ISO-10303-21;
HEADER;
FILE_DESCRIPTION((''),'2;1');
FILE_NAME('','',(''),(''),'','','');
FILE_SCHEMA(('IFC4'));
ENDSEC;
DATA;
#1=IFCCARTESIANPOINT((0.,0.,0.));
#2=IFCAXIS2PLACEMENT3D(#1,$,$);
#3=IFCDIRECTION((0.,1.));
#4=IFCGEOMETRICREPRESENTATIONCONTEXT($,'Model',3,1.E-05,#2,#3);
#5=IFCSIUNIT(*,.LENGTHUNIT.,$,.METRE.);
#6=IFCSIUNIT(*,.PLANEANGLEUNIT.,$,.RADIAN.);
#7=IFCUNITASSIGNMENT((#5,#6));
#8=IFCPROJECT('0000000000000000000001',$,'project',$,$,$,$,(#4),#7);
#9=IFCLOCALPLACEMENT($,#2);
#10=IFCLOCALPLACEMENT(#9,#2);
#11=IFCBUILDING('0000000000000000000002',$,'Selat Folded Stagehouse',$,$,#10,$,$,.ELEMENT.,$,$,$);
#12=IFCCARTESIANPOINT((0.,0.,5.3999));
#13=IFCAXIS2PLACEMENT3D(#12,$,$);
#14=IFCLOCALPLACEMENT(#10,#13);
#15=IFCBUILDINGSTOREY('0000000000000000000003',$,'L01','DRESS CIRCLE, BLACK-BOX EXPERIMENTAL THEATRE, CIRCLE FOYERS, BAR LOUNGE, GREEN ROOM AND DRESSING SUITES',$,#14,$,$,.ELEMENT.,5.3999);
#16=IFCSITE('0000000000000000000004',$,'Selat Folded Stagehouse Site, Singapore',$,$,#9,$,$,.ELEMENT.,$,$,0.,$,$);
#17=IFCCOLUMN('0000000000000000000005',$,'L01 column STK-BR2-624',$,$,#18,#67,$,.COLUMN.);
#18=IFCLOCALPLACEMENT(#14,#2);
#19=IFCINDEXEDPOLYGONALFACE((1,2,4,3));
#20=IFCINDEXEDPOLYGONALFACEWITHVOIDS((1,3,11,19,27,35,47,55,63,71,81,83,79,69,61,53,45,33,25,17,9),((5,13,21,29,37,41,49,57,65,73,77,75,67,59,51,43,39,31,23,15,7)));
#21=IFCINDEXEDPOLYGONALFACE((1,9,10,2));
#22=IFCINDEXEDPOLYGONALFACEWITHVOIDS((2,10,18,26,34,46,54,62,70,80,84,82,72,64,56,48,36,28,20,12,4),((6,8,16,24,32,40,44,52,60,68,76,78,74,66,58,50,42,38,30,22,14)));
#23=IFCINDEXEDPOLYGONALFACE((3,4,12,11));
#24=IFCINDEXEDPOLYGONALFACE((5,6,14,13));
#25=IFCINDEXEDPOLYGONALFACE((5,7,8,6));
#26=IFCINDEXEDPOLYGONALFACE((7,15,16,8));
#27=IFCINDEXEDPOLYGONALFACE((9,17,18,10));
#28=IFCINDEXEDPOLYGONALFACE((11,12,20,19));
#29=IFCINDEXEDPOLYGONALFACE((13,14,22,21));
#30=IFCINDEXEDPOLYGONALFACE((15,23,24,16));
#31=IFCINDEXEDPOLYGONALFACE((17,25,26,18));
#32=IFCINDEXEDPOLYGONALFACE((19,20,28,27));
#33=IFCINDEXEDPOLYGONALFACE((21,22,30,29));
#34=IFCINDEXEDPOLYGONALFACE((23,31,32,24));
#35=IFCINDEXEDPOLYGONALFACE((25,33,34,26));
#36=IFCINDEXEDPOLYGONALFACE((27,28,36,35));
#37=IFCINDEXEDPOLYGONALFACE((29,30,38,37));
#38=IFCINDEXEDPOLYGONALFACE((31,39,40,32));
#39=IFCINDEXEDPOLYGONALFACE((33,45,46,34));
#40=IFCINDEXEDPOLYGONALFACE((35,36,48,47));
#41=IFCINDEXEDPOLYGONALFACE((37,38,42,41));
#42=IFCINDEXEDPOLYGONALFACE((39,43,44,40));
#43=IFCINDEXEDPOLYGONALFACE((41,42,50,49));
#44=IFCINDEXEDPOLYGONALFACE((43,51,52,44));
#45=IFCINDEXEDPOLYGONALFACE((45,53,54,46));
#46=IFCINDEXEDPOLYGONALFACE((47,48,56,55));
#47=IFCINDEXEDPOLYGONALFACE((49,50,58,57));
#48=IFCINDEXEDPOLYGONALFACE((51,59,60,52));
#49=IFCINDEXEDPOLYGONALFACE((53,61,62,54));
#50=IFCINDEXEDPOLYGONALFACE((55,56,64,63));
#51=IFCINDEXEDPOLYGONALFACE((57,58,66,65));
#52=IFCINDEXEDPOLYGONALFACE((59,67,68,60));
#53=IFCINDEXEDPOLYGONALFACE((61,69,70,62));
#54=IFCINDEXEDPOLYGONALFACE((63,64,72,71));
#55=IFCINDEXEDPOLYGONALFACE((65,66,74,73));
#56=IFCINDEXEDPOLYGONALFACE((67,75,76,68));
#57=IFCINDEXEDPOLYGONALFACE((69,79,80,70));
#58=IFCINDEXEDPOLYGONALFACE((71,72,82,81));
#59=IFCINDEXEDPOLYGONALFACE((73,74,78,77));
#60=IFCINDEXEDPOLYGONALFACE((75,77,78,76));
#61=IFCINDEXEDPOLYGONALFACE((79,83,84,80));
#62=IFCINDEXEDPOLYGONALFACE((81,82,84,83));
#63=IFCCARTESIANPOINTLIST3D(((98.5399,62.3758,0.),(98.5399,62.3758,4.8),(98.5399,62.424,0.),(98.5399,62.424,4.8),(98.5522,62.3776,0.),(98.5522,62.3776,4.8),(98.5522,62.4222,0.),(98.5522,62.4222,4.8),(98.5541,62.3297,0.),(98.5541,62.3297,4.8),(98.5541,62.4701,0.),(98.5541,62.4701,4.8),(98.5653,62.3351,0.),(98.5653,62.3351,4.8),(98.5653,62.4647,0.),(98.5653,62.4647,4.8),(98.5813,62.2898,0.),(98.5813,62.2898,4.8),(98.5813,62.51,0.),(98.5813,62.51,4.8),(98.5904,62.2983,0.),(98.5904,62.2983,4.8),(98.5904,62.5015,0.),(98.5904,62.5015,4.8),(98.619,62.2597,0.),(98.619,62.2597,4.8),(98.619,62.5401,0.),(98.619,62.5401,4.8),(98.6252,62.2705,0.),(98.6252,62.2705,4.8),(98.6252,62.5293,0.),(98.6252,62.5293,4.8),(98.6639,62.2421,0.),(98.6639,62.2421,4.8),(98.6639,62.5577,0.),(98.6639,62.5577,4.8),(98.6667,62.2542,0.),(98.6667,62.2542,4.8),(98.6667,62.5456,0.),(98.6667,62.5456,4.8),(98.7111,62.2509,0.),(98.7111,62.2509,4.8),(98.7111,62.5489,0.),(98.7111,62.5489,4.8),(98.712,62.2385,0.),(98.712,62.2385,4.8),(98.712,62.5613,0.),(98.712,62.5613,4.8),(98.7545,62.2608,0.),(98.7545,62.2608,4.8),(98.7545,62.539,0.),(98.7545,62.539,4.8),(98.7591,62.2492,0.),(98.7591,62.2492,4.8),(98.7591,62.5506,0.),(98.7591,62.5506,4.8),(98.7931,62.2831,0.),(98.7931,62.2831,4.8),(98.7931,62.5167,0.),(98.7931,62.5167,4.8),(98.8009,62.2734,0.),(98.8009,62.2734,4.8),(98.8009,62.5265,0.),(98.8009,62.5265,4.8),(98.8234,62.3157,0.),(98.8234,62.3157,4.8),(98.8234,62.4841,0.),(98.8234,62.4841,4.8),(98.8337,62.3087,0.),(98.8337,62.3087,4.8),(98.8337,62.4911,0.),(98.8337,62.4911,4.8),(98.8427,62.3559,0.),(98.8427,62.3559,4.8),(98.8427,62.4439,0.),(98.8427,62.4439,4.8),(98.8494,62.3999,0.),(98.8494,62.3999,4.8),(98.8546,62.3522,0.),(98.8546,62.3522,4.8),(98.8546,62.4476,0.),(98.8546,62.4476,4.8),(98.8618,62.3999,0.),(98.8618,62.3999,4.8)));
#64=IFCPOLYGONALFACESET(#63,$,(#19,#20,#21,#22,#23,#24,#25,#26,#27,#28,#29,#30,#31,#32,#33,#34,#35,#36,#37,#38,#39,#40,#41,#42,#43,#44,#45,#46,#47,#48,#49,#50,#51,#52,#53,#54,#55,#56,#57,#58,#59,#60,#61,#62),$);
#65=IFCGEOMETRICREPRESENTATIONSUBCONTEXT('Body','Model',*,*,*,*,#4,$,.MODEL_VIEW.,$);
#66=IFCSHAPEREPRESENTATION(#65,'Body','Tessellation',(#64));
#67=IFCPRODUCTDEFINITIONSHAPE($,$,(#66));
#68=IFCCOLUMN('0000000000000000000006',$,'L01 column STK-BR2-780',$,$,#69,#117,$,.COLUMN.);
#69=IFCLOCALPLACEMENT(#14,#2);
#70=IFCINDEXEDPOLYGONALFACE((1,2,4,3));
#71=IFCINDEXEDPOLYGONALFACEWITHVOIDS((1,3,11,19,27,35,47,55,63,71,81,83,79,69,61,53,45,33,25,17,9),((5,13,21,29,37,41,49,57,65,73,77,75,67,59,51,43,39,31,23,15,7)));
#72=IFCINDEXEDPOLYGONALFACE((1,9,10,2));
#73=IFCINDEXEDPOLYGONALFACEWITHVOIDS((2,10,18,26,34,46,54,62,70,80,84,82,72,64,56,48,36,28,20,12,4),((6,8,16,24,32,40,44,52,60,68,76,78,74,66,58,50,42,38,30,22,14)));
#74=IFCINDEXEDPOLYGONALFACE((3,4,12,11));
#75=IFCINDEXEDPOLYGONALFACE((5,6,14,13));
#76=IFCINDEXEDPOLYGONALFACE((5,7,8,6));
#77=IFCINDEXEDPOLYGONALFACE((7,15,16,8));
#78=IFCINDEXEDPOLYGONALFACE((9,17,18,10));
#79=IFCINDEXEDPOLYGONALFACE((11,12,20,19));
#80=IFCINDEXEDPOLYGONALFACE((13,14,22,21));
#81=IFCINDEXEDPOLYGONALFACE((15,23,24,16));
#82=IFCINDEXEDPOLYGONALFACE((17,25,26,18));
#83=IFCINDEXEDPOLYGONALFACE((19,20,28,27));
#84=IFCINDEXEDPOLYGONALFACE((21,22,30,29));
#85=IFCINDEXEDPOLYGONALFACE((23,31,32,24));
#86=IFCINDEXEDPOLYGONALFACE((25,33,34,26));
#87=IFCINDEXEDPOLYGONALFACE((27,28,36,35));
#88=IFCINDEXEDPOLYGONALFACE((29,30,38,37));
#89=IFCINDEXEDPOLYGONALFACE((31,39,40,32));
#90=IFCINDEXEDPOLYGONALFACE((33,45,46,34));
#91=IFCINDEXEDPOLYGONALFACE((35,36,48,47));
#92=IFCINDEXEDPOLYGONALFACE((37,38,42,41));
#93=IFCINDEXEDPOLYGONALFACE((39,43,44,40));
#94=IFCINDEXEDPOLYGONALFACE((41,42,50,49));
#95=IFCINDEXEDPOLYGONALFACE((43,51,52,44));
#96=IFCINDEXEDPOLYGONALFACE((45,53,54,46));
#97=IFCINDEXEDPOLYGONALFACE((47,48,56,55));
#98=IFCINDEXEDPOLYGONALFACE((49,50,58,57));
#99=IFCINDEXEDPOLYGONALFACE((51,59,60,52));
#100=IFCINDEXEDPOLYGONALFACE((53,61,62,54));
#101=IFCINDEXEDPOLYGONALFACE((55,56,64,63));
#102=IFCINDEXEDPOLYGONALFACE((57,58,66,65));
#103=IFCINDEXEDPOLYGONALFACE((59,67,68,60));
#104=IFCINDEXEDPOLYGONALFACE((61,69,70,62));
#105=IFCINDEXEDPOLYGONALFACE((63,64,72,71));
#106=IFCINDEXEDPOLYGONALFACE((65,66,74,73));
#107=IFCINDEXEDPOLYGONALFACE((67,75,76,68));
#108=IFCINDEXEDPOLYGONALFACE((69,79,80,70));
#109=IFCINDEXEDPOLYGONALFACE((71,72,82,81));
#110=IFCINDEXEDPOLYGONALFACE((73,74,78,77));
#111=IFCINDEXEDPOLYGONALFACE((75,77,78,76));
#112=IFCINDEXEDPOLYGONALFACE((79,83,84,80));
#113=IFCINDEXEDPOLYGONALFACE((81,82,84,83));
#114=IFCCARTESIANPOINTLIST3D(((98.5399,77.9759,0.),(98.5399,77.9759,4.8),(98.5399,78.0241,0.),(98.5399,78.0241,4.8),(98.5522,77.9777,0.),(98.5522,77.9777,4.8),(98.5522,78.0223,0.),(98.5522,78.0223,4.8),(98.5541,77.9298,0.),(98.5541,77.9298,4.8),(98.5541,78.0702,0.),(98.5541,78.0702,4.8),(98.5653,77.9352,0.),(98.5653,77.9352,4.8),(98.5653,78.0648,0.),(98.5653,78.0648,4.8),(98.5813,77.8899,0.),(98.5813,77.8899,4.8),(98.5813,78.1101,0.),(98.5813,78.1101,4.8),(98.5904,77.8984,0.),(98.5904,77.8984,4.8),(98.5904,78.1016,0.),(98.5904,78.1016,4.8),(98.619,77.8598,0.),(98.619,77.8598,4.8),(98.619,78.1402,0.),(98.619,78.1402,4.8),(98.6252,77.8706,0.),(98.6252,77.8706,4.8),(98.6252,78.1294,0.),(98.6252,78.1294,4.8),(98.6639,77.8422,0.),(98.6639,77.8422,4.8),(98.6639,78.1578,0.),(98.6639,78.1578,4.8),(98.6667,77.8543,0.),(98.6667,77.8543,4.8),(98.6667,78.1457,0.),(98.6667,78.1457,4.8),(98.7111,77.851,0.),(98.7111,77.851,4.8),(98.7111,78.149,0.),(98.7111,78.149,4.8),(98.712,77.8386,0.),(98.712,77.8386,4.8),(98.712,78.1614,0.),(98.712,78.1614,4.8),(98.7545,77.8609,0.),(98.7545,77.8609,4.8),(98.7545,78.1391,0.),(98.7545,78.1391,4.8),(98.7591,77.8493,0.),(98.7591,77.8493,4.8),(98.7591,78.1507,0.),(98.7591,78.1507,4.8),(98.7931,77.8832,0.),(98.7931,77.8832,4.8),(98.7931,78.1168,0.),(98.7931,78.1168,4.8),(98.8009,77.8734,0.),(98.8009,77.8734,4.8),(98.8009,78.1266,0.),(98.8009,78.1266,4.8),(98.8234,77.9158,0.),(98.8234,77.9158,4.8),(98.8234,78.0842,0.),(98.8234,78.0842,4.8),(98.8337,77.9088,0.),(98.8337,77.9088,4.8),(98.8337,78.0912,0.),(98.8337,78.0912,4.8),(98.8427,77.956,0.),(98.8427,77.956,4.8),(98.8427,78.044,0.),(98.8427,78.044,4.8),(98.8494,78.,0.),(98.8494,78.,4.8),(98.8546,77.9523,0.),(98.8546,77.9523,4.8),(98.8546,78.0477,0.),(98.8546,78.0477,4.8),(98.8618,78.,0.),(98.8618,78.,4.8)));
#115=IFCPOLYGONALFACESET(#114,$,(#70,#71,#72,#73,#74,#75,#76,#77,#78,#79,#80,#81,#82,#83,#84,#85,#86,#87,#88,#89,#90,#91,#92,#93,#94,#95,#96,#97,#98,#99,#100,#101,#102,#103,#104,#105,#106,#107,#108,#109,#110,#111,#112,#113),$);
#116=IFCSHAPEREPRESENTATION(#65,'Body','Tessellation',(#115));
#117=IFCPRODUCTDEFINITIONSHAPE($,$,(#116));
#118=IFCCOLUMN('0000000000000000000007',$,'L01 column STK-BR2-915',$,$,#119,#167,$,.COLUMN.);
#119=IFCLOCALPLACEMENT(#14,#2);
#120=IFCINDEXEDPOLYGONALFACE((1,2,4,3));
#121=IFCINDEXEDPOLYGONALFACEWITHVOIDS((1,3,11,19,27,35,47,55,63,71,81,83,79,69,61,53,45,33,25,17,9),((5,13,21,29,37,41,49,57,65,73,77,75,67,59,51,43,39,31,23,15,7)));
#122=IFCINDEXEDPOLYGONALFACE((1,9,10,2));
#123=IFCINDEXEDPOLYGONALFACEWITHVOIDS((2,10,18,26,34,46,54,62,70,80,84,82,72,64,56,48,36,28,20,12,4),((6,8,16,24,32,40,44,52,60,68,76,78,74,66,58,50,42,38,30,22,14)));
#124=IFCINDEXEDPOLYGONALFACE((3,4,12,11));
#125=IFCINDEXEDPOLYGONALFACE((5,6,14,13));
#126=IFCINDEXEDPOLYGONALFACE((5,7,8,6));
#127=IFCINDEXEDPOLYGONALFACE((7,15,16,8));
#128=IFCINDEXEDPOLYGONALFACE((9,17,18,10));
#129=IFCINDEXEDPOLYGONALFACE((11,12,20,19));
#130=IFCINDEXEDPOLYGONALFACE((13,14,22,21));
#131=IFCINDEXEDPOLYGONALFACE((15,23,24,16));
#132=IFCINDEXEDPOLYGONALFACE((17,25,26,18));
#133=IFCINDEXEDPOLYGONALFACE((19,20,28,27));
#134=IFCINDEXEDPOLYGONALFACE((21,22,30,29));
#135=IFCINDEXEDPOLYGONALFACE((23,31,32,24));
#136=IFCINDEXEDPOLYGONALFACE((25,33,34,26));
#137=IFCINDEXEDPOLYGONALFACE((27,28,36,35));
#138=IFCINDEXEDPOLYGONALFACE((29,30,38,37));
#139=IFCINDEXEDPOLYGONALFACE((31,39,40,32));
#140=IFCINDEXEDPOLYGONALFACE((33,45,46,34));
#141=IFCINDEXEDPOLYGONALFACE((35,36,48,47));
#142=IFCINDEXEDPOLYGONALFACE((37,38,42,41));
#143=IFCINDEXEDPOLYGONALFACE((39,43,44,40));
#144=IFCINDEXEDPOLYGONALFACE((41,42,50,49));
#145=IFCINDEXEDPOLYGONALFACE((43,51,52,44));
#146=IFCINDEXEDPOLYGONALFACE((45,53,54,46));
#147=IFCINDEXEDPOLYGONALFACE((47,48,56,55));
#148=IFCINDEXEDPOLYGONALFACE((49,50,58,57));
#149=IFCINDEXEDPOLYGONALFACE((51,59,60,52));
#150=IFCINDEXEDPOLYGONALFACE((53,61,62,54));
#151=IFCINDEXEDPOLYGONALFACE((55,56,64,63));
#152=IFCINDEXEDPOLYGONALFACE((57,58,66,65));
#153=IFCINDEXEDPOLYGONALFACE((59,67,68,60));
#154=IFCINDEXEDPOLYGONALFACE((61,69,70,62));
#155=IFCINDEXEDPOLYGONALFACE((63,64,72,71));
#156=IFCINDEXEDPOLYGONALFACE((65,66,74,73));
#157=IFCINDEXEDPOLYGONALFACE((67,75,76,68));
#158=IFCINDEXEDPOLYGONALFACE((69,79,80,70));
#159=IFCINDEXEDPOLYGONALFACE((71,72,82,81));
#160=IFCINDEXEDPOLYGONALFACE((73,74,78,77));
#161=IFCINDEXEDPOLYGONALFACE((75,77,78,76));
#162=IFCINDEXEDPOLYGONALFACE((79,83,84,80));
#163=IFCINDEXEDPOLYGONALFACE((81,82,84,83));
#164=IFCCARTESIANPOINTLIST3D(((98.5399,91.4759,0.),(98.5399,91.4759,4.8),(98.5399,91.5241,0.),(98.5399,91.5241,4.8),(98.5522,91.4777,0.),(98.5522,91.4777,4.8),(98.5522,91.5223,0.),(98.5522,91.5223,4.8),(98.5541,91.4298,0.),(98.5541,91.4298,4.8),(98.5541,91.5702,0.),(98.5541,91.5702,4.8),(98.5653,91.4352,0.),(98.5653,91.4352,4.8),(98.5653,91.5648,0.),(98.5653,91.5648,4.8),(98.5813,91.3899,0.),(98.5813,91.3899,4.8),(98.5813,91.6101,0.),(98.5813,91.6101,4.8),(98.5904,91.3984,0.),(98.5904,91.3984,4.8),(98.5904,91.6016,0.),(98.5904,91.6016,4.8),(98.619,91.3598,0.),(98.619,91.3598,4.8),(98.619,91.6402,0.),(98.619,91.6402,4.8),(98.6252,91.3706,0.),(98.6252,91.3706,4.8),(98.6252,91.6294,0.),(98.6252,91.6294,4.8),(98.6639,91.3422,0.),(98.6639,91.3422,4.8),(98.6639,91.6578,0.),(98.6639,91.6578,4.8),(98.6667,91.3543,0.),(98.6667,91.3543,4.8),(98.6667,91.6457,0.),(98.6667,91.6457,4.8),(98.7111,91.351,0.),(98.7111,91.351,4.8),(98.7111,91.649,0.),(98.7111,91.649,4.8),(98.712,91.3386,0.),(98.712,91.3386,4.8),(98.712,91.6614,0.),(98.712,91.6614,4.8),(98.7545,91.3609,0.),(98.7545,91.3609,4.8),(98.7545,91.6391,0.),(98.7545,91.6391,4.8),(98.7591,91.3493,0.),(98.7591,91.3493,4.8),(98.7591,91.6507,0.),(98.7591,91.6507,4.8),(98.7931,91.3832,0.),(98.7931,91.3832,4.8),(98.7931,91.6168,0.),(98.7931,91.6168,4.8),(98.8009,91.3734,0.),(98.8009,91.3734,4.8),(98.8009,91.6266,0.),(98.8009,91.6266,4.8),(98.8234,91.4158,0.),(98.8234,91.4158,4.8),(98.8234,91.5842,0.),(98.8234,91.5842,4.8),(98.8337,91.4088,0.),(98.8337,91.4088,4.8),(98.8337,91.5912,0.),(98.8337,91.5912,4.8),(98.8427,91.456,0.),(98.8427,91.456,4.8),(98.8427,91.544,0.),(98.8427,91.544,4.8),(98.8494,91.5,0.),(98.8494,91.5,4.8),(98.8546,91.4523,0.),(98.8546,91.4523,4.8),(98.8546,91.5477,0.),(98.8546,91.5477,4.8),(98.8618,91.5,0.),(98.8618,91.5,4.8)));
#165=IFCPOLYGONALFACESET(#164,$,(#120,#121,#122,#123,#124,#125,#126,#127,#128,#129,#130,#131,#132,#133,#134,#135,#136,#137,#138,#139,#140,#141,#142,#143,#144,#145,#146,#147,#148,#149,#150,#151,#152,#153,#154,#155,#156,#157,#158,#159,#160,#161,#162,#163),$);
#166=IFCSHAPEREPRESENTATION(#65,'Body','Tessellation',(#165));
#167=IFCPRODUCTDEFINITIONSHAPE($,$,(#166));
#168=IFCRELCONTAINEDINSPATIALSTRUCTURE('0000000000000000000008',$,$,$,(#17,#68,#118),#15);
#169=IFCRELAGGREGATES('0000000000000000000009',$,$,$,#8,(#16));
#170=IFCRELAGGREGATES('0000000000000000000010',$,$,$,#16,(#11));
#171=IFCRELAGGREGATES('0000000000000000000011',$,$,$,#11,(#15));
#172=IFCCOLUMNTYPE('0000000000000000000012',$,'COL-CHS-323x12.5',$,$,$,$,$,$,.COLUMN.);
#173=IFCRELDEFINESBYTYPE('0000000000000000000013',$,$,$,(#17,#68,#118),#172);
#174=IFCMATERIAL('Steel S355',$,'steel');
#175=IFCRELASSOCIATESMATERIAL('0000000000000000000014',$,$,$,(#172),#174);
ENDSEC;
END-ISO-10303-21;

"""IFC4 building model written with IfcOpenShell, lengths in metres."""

from ifc_helpers import new_model, si_unit, direction, frame, origin, origin_2d, place, context, subcontext, project, spatial, hollow_circle, extrude, material, material_profile, profile_set, type_object, element, save


model = new_model("IFC4")

# Units and contexts
model_context = context("Model", 3, precision=1e-05, world=origin(), true_north=direction((0.0, 1.0)))
body_context = subcontext(model_context, "Body", "Model", "MODEL_VIEW")
ifc_project = project(units=[si_unit("LENGTHUNIT", "METRE"), si_unit("PLANEANGLEUNIT", "RADIAN")], contexts=[model_context])

# Site, building, storey
site_placement = place(None, origin())
site = spatial("IfcSite", under=ifc_project, at=site_placement, Name="Selat Folded Stagehouse Site, Singapore", CompositionType="ELEMENT", RefElevation=0.0)
building_placement = place(site_placement, origin())
building = spatial("IfcBuilding", under=site, at=building_placement, Name="Selat Folded Stagehouse", CompositionType="ELEMENT")
storey_placement = place(building_placement, frame((0.0, 0.0, 5.3999)))
storey = spatial("IfcBuildingStorey", under=building, at=storey_placement, Name="L01", Description="DRESS CIRCLE, BLACK-BOX EXPERIMENTAL THEATRE, CIRCLE FOYERS, BAR LOUNGE, GREEN ROOM AND DRESSING SUITES", CompositionType="ELEMENT", Elevation=5.3999)

# Columns
ifc_material_1 = material(Name="Steel S355", Category="steel")
ifc_material_profile_1 = material_profile(ifc_material_1, hollow_circle(Radius=0.1619, WallThickness=0.0125, at=origin_2d()), Name="CHS 323.9x12.5")
ifc_profile_set_1 = profile_set([ifc_material_profile_1], Name="Steel S355")
column_type = type_object("IfcColumnType", Name="COL-CHS-323x12.5", PredefinedType="COLUMN", material=ifc_profile_set_1)
for number, where, z_axis, x_axis, name in (
    (1, (98.7, 62.3999, 0.0), (0.0, 0.0, 1.0), (1.0, 0.0, 0.0), "L01 column STK-BR2-624"),
    (2, (98.7, 78.0, 0.0), (0.0, 0.0, 1.0), (1.0, 0.0, 0.0), "L01 column STK-BR2-780"),
    (3, (98.7, 91.5, 0.0), (0.0, 0.0, 1.0), (1.0, 0.0, 0.0), "L01 column STK-BR2-915"),
):
    element("IfcColumn", number, at=place(storey_placement, frame(where, z_axis=z_axis, x_axis=x_axis)), inside=storey, type_object=column_type, Name=name, PredefinedType="COLUMN", context=body_context, shape_type="SweptSolid", body=[
        extrude(hollow_circle(Radius=0.1619, WallThickness=0.0125, at=origin_2d()), origin(), (0.0, 0.0, 1.0), 4.8),
    ])

save(model, "model.ifc")
